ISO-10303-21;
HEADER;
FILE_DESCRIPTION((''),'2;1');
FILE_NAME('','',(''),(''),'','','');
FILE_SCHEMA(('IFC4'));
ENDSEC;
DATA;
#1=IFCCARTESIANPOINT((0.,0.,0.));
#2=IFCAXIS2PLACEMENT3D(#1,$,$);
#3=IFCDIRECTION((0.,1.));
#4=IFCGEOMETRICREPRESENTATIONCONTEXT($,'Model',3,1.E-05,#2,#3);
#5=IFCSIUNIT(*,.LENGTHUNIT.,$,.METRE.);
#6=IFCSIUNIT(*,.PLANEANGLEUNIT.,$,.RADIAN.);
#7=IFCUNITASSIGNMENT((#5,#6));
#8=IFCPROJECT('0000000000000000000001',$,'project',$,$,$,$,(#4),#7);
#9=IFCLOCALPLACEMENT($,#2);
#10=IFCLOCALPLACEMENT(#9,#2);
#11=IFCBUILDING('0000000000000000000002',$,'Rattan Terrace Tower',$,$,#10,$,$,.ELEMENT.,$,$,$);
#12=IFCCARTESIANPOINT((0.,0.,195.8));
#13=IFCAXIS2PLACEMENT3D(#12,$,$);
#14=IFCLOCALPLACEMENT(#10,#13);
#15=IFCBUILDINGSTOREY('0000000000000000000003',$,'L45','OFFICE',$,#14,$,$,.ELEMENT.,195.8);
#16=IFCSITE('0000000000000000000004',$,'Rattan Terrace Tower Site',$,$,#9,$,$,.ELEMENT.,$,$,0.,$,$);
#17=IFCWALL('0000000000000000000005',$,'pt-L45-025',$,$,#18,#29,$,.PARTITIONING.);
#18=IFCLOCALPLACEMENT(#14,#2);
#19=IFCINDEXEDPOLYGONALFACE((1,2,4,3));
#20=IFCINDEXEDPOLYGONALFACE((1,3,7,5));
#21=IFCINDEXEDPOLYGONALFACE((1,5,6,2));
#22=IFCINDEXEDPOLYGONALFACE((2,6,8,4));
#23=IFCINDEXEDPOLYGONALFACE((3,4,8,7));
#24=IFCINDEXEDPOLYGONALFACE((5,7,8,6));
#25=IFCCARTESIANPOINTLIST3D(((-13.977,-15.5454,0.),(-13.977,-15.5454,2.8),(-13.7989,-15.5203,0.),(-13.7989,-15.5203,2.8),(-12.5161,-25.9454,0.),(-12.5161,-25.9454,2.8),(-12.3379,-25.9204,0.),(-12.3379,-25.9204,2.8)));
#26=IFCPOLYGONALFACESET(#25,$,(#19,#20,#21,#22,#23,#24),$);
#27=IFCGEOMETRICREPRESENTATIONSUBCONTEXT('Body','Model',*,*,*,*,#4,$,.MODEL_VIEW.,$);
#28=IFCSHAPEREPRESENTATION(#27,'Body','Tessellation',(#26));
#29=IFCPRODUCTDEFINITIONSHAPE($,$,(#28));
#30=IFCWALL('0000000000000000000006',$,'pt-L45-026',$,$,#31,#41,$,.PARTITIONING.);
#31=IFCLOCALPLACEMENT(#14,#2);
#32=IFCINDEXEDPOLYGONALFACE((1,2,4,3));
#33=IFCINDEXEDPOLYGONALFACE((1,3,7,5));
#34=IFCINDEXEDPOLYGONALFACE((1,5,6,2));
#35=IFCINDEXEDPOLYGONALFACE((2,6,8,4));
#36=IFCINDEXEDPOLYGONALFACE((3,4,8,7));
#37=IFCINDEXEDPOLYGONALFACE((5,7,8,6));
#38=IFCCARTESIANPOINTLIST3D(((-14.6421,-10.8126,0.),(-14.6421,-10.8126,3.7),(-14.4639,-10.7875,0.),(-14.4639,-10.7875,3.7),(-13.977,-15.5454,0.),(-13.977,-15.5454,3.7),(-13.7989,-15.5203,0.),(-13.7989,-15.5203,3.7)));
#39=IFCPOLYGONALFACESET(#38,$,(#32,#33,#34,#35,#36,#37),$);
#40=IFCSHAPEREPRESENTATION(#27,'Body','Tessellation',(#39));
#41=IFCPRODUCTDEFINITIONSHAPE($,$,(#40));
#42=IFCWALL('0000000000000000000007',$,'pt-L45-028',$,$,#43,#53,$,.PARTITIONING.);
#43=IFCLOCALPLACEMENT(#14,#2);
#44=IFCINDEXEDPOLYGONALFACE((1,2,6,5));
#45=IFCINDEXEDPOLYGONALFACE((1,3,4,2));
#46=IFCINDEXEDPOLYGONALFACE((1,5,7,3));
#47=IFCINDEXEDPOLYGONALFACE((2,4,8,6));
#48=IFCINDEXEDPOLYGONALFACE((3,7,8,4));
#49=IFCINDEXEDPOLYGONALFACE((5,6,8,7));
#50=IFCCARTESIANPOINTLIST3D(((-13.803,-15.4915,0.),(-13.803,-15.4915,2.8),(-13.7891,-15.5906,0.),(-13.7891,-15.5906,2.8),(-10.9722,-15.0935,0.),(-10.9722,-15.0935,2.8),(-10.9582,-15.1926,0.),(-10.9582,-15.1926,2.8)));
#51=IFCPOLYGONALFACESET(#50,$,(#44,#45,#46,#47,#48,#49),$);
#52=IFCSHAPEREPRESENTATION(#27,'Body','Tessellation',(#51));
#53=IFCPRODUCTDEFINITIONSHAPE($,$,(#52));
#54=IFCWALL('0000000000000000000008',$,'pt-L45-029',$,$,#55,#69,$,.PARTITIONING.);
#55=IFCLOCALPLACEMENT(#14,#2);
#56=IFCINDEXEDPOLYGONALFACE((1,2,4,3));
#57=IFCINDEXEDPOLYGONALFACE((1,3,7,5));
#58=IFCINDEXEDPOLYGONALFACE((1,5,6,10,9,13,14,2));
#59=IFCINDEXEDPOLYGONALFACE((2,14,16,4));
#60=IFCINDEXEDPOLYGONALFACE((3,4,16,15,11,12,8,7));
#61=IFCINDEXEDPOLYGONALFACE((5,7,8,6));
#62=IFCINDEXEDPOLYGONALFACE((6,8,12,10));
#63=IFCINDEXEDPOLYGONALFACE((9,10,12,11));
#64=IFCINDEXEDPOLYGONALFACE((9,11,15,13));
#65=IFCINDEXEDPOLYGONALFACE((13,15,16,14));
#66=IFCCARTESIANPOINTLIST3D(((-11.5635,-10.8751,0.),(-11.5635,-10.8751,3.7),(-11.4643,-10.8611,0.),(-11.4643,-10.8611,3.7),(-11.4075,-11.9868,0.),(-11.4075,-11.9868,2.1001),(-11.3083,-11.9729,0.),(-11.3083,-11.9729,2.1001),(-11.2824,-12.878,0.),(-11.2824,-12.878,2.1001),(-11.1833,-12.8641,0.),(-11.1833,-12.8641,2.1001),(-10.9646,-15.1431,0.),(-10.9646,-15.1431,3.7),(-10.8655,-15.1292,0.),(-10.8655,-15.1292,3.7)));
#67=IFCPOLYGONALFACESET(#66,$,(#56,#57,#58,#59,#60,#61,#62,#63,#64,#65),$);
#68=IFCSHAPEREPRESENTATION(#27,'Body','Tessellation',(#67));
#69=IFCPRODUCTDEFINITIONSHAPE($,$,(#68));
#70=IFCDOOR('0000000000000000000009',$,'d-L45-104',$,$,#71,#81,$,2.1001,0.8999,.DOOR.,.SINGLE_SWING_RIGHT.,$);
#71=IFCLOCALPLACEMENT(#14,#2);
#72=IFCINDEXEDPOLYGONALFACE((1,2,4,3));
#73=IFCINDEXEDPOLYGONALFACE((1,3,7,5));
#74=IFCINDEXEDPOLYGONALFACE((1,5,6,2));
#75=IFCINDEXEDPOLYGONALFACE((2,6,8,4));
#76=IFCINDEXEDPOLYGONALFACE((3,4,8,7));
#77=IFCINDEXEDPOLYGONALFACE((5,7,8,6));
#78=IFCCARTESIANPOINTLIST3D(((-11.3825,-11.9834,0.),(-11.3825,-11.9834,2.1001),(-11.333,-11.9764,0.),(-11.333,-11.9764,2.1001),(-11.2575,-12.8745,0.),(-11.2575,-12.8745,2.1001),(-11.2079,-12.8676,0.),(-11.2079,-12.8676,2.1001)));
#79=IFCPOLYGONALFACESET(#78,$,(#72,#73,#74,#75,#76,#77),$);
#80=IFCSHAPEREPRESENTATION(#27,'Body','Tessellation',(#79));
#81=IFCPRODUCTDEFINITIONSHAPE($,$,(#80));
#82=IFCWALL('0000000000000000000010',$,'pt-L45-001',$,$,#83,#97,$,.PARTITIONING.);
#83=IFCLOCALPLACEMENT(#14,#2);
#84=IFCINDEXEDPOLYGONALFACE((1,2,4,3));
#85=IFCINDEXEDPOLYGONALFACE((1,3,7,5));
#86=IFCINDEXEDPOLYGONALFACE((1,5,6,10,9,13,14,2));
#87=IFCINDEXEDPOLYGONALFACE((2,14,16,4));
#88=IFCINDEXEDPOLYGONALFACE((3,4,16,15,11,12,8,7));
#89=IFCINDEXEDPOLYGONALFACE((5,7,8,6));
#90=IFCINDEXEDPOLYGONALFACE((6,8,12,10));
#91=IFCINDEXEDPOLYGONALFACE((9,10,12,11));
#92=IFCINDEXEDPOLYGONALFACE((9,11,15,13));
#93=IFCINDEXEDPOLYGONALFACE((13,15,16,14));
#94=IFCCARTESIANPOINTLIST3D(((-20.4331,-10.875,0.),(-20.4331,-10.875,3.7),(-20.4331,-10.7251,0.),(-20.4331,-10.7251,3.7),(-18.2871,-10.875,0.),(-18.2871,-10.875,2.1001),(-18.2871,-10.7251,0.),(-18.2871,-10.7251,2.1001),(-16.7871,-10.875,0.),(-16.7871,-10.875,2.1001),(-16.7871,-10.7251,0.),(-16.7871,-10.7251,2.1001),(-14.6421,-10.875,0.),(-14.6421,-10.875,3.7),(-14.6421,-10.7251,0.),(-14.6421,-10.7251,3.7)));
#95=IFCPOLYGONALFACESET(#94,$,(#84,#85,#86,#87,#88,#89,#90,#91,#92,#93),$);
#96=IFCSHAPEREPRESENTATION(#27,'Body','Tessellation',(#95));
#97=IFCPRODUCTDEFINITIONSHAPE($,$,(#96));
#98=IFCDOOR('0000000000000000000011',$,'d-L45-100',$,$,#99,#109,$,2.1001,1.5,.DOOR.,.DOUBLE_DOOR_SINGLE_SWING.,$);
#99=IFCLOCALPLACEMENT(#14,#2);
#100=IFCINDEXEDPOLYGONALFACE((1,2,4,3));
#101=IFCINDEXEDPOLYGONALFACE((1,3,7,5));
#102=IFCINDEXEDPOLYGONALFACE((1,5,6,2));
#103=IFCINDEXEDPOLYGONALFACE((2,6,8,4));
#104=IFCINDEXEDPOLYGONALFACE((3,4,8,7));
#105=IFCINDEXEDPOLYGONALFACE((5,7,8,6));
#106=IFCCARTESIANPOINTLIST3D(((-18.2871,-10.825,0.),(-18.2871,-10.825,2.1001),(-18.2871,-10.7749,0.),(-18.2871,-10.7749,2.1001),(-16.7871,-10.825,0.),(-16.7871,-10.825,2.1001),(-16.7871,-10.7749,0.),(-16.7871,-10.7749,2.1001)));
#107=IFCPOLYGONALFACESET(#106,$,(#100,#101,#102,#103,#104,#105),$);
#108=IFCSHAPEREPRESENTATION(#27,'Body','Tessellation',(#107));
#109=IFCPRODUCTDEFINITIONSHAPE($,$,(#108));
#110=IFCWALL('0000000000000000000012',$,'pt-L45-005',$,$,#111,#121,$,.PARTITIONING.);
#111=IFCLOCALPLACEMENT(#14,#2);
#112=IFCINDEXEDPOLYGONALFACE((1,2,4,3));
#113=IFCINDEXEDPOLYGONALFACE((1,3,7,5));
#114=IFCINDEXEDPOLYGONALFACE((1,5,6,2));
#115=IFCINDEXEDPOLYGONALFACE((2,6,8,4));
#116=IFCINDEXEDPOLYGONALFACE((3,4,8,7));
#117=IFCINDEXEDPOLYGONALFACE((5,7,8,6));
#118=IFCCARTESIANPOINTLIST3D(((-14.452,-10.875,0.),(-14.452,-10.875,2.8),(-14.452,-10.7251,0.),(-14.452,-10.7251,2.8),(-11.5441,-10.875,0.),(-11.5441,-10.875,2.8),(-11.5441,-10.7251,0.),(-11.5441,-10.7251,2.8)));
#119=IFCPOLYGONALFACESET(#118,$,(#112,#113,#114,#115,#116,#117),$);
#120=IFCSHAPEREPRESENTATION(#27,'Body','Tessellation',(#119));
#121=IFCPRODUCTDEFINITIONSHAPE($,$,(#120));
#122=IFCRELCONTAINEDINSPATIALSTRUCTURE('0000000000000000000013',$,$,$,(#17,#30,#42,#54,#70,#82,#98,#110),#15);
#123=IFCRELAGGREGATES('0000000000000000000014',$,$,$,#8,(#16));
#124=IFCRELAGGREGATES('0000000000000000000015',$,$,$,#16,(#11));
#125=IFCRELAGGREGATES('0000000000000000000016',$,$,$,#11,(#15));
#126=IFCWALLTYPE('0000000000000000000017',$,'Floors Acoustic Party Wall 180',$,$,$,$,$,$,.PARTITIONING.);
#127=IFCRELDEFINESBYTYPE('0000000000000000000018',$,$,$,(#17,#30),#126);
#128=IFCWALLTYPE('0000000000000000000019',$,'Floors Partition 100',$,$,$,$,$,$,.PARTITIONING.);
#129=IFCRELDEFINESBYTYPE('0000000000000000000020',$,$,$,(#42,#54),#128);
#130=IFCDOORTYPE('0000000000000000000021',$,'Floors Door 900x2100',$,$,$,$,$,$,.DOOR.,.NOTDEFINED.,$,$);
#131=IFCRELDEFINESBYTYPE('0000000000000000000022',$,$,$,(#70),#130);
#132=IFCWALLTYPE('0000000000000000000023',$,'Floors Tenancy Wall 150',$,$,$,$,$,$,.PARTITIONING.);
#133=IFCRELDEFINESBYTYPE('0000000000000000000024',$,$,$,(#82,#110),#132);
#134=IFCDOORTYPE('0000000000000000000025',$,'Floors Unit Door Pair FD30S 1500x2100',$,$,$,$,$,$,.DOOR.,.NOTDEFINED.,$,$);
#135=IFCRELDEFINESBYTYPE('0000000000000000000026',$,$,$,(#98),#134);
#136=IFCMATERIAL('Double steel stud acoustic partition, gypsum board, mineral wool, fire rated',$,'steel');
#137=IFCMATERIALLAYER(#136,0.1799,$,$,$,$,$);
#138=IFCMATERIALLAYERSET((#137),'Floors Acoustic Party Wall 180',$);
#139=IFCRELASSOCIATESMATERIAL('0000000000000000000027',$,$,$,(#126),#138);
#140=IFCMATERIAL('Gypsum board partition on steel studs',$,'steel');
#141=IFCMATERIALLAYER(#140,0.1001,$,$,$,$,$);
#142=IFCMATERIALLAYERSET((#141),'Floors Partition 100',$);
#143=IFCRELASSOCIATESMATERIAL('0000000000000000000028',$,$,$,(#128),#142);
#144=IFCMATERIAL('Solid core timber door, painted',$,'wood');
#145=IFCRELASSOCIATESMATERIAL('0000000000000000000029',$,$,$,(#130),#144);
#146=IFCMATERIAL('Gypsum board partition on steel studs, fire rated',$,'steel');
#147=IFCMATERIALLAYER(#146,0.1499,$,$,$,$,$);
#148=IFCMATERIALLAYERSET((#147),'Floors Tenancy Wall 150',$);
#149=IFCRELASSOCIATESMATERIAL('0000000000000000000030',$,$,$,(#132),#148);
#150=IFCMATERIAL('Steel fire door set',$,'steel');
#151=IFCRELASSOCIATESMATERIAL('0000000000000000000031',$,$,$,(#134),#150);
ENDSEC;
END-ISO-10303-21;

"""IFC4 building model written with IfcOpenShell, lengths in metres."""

from ifc_helpers import new_model, si_unit, direction, frame, frame_2d, origin, place, context, subcontext, project, spatial, rectangle, extrude, material, layer, layer_set, type_object, element, fill, save


model = new_model("IFC4")

# Units and contexts
model_context = context("Model", 3, precision=1e-05, world=origin(), true_north=direction((0.0, 1.0)))
body_context = subcontext(model_context, "Body", "Model", "MODEL_VIEW")
ifc_project = project(units=[si_unit("LENGTHUNIT", "METRE"), si_unit("PLANEANGLEUNIT", "RADIAN")], contexts=[model_context])

# Site, building, storey
site_placement = place(None, origin())
site = spatial("IfcSite", under=ifc_project, at=site_placement, Name="Rattan Terrace Tower Site", CompositionType="ELEMENT", RefElevation=0.0)
building_placement = place(site_placement, origin())
building = spatial("IfcBuilding", under=site, at=building_placement, Name="Rattan Terrace Tower", CompositionType="ELEMENT")
storey_placement = place(building_placement, frame((0.0, 0.0, 195.8)))
storey = spatial("IfcBuildingStorey", under=building, at=storey_placement, Name="L45", Description="OFFICE", CompositionType="ELEMENT", Elevation=195.8)

# Walls
ifc_material_1 = material(Name="Double steel stud acoustic partition, gypsum board, mineral wool, fire rated", Category="steel")
ifc_layer_1 = layer(ifc_material_1, 0.1799)
ifc_layer_set_1 = layer_set([ifc_layer_1], Name="Floors Acoustic Party Wall 180")
wall_type_1 = type_object("IfcWallType", Name="Floors Acoustic Party Wall 180", PredefinedType="PARTITIONING", material=ifc_layer_set_1)
wall_1_placement = place(storey_placement, frame((-13.8879, -15.533, 0.0), z_axis=(0.0, 0.0, 1.0), x_axis=(0.139107, -0.990277, 0.0)))
element("IfcWall", 1, at=wall_1_placement, inside=storey, type_object=wall_type_1, Name="pt-L45-025", PredefinedType="PARTITIONING", context=body_context, shape_type="SweptSolid", body=[
    extrude(rectangle(XDim=10.5022, YDim=0.1799, at=frame_2d((5.251, 0.0))), origin(), (0.0, 0.0, 1.0), 2.8),
])
wall_2_placement = place(storey_placement, frame((-14.553, -10.8, 0.0), z_axis=(0.0, 0.0, 1.0), x_axis=(0.139147, -0.990272, 0.0)))
element("IfcWall", 2, at=wall_2_placement, inside=storey, type_object=wall_type_1, Name="pt-L45-026", PredefinedType="PARTITIONING", context=body_context, shape_type="SweptSolid", body=[
    extrude(rectangle(XDim=4.7793, YDim=0.1799, at=frame_2d((2.3896, 0.0))), origin(), (0.0, 0.0, 1.0), 3.7),
])
ifc_material_2 = material(Name="Gypsum board partition on steel studs", Category="steel")
ifc_layer_2 = layer(ifc_material_2, 0.1001)
ifc_layer_set_2 = layer_set([ifc_layer_2], Name="Floors Partition 100")
wall_type_2 = type_object("IfcWallType", Name="Floors Partition 100", PredefinedType="PARTITIONING", material=ifc_layer_set_2)
wall_3_placement = place(storey_placement, frame((-13.7959, -15.541, 0.0), z_axis=(0.0, 0.0, 1.0), x_axis=(0.990263, 0.139209, 0.0)))
element("IfcWall", 3, at=wall_3_placement, inside=storey, type_object=wall_type_2, Name="pt-L45-028", PredefinedType="PARTITIONING", context=body_context, shape_type="SweptSolid", body=[
    extrude(rectangle(XDim=2.8586, YDim=0.1001, at=frame_2d((1.4292, 0.0))), origin(), (0.0, 0.0, 1.0), 2.8),
])

# Walls, openings, doors
wall_4_placement = place(storey_placement, frame((-10.915, -15.136, 0.0), z_axis=(0.0, 0.0, 1.0), x_axis=(-0.138955, 0.990299, 0.0)))
wall_4 = element("IfcWall", 4, at=wall_4_placement, inside=storey, type_object=wall_type_2, Name="pt-L45-029", PredefinedType="PARTITIONING", context=body_context, shape_type="SweptSolid", body=[
    extrude(rectangle(XDim=4.3098, YDim=0.1001, at=frame_2d((2.1548, 0.0))), origin(), (0.0, 0.0, 1.0), 3.7),
])
opening_1_placement = place(wall_4_placement, frame((2.2871, 0.0, 0.0)))
opening_1 = element("IfcOpeningElement", 5, at=opening_1_placement, cuts=wall_4, PredefinedType="OPENING", context=body_context, shape_type="SweptSolid", body=[
    extrude(rectangle(XDim=0.8999, YDim=2.1001, at=frame_2d((0.45, 1.05))), frame((0.0, 0.0605, 0.0), z_axis=(0.0, -1.0, 0.0), x_axis=(1.0, 0.0, 0.0)), (0.0, 0.0, 1.0), 0.1211),
])
ifc_material_3 = material(Name="Solid core timber door, painted", Category="wood")
door_type_1 = type_object("IfcDoorType", Name="Floors Door 900x2100", OperationType="NOTDEFINED", PredefinedType="DOOR", material=ifc_material_3)
door_1_placement = place(opening_1_placement, origin())
door_1 = element("IfcDoor", 6, at=door_1_placement, inside=storey, type_object=door_type_1, Name="d-L45-104", OperationType="SINGLE_SWING_RIGHT", OverallHeight=2.1001, OverallWidth=0.8999, PredefinedType="DOOR", context=body_context, shape_type="SweptSolid", body=[
    extrude(rectangle(XDim=0.8999, YDim=2.1001, at=frame_2d((0.45, 1.05))), frame((0.0, 0.0249, 0.0), z_axis=(0.0, -1.0, 0.0), x_axis=(1.0, 0.0, 0.0)), (0.0, 0.0, 1.0), 0.05),
])
fill(opening_1, door_1)
ifc_material_4 = material(Name="Gypsum board partition on steel studs, fire rated", Category="steel")
ifc_layer_3 = layer(ifc_material_4, 0.1499)
ifc_layer_set_3 = layer_set([ifc_layer_3], Name="Floors Tenancy Wall 150")
wall_type_3 = type_object("IfcWallType", Name="Floors Tenancy Wall 150", PredefinedType="PARTITIONING", material=ifc_layer_set_3)
wall_5_placement = place(storey_placement, frame((-14.6421, -10.8, 0.0), z_axis=(0.0, 0.0, 1.0), x_axis=(-1.0, 0.0, 0.0)))
wall_5 = element("IfcWall", 7, at=wall_5_placement, inside=storey, type_object=wall_type_3, Name="pt-L45-001", PredefinedType="PARTITIONING", context=body_context, shape_type="SweptSolid", body=[
    extrude(rectangle(XDim=5.791, YDim=0.1499, at=frame_2d((2.8955, 0.0))), origin(), (0.0, 0.0, 1.0), 3.7),
])
opening_2_placement = place(wall_5_placement, frame((2.145, 0.0, 0.0)))
opening_2 = element("IfcOpeningElement", 8, at=opening_2_placement, cuts=wall_5, PredefinedType="OPENING", context=body_context, shape_type="SweptSolid", body=[
    extrude(rectangle(XDim=1.5, YDim=2.1001, at=frame_2d((0.75, 1.05))), frame((0.0, 0.0854, 0.0), z_axis=(0.0, -1.0, 0.0), x_axis=(1.0, 0.0, 0.0)), (0.0, 0.0, 1.0), 0.1709),
])
ifc_material_5 = material(Name="Steel fire door set", Category="steel")
door_type_2 = type_object("IfcDoorType", Name="Floors Unit Door Pair FD30S 1500x2100", OperationType="NOTDEFINED", PredefinedType="DOOR", material=ifc_material_5)
door_2_placement = place(opening_2_placement, origin())
door_2 = element("IfcDoor", 9, at=door_2_placement, inside=storey, type_object=door_type_2, Name="d-L45-100", OperationType="DOUBLE_DOOR_SINGLE_SWING", OverallHeight=2.1001, OverallWidth=1.5, PredefinedType="DOOR", context=body_context, shape_type="SweptSolid", body=[
    extrude(rectangle(XDim=1.5, YDim=2.1001, at=frame_2d((0.75, 1.05))), frame((0.0, 0.0249, 0.0), z_axis=(0.0, -1.0, 0.0), x_axis=(1.0, 0.0, 0.0)), (0.0, 0.0, 1.0), 0.05),
])
fill(opening_2, door_2)

# Wall
wall_6_placement = place(storey_placement, frame((-11.5439, -10.8, 0.0), z_axis=(0.0, 0.0, 1.0), x_axis=(-1.0, 0.0, 0.0)))
element("IfcWall", 10, at=wall_6_placement, inside=storey, type_object=wall_type_3, Name="pt-L45-005", PredefinedType="PARTITIONING", context=body_context, shape_type="SweptSolid", body=[
    extrude(rectangle(XDim=2.908, YDim=0.1499, at=frame_2d((1.4541, 0.0))), origin(), (0.0, 0.0, 1.0), 2.8),
])

save(model, "model.ifc")
